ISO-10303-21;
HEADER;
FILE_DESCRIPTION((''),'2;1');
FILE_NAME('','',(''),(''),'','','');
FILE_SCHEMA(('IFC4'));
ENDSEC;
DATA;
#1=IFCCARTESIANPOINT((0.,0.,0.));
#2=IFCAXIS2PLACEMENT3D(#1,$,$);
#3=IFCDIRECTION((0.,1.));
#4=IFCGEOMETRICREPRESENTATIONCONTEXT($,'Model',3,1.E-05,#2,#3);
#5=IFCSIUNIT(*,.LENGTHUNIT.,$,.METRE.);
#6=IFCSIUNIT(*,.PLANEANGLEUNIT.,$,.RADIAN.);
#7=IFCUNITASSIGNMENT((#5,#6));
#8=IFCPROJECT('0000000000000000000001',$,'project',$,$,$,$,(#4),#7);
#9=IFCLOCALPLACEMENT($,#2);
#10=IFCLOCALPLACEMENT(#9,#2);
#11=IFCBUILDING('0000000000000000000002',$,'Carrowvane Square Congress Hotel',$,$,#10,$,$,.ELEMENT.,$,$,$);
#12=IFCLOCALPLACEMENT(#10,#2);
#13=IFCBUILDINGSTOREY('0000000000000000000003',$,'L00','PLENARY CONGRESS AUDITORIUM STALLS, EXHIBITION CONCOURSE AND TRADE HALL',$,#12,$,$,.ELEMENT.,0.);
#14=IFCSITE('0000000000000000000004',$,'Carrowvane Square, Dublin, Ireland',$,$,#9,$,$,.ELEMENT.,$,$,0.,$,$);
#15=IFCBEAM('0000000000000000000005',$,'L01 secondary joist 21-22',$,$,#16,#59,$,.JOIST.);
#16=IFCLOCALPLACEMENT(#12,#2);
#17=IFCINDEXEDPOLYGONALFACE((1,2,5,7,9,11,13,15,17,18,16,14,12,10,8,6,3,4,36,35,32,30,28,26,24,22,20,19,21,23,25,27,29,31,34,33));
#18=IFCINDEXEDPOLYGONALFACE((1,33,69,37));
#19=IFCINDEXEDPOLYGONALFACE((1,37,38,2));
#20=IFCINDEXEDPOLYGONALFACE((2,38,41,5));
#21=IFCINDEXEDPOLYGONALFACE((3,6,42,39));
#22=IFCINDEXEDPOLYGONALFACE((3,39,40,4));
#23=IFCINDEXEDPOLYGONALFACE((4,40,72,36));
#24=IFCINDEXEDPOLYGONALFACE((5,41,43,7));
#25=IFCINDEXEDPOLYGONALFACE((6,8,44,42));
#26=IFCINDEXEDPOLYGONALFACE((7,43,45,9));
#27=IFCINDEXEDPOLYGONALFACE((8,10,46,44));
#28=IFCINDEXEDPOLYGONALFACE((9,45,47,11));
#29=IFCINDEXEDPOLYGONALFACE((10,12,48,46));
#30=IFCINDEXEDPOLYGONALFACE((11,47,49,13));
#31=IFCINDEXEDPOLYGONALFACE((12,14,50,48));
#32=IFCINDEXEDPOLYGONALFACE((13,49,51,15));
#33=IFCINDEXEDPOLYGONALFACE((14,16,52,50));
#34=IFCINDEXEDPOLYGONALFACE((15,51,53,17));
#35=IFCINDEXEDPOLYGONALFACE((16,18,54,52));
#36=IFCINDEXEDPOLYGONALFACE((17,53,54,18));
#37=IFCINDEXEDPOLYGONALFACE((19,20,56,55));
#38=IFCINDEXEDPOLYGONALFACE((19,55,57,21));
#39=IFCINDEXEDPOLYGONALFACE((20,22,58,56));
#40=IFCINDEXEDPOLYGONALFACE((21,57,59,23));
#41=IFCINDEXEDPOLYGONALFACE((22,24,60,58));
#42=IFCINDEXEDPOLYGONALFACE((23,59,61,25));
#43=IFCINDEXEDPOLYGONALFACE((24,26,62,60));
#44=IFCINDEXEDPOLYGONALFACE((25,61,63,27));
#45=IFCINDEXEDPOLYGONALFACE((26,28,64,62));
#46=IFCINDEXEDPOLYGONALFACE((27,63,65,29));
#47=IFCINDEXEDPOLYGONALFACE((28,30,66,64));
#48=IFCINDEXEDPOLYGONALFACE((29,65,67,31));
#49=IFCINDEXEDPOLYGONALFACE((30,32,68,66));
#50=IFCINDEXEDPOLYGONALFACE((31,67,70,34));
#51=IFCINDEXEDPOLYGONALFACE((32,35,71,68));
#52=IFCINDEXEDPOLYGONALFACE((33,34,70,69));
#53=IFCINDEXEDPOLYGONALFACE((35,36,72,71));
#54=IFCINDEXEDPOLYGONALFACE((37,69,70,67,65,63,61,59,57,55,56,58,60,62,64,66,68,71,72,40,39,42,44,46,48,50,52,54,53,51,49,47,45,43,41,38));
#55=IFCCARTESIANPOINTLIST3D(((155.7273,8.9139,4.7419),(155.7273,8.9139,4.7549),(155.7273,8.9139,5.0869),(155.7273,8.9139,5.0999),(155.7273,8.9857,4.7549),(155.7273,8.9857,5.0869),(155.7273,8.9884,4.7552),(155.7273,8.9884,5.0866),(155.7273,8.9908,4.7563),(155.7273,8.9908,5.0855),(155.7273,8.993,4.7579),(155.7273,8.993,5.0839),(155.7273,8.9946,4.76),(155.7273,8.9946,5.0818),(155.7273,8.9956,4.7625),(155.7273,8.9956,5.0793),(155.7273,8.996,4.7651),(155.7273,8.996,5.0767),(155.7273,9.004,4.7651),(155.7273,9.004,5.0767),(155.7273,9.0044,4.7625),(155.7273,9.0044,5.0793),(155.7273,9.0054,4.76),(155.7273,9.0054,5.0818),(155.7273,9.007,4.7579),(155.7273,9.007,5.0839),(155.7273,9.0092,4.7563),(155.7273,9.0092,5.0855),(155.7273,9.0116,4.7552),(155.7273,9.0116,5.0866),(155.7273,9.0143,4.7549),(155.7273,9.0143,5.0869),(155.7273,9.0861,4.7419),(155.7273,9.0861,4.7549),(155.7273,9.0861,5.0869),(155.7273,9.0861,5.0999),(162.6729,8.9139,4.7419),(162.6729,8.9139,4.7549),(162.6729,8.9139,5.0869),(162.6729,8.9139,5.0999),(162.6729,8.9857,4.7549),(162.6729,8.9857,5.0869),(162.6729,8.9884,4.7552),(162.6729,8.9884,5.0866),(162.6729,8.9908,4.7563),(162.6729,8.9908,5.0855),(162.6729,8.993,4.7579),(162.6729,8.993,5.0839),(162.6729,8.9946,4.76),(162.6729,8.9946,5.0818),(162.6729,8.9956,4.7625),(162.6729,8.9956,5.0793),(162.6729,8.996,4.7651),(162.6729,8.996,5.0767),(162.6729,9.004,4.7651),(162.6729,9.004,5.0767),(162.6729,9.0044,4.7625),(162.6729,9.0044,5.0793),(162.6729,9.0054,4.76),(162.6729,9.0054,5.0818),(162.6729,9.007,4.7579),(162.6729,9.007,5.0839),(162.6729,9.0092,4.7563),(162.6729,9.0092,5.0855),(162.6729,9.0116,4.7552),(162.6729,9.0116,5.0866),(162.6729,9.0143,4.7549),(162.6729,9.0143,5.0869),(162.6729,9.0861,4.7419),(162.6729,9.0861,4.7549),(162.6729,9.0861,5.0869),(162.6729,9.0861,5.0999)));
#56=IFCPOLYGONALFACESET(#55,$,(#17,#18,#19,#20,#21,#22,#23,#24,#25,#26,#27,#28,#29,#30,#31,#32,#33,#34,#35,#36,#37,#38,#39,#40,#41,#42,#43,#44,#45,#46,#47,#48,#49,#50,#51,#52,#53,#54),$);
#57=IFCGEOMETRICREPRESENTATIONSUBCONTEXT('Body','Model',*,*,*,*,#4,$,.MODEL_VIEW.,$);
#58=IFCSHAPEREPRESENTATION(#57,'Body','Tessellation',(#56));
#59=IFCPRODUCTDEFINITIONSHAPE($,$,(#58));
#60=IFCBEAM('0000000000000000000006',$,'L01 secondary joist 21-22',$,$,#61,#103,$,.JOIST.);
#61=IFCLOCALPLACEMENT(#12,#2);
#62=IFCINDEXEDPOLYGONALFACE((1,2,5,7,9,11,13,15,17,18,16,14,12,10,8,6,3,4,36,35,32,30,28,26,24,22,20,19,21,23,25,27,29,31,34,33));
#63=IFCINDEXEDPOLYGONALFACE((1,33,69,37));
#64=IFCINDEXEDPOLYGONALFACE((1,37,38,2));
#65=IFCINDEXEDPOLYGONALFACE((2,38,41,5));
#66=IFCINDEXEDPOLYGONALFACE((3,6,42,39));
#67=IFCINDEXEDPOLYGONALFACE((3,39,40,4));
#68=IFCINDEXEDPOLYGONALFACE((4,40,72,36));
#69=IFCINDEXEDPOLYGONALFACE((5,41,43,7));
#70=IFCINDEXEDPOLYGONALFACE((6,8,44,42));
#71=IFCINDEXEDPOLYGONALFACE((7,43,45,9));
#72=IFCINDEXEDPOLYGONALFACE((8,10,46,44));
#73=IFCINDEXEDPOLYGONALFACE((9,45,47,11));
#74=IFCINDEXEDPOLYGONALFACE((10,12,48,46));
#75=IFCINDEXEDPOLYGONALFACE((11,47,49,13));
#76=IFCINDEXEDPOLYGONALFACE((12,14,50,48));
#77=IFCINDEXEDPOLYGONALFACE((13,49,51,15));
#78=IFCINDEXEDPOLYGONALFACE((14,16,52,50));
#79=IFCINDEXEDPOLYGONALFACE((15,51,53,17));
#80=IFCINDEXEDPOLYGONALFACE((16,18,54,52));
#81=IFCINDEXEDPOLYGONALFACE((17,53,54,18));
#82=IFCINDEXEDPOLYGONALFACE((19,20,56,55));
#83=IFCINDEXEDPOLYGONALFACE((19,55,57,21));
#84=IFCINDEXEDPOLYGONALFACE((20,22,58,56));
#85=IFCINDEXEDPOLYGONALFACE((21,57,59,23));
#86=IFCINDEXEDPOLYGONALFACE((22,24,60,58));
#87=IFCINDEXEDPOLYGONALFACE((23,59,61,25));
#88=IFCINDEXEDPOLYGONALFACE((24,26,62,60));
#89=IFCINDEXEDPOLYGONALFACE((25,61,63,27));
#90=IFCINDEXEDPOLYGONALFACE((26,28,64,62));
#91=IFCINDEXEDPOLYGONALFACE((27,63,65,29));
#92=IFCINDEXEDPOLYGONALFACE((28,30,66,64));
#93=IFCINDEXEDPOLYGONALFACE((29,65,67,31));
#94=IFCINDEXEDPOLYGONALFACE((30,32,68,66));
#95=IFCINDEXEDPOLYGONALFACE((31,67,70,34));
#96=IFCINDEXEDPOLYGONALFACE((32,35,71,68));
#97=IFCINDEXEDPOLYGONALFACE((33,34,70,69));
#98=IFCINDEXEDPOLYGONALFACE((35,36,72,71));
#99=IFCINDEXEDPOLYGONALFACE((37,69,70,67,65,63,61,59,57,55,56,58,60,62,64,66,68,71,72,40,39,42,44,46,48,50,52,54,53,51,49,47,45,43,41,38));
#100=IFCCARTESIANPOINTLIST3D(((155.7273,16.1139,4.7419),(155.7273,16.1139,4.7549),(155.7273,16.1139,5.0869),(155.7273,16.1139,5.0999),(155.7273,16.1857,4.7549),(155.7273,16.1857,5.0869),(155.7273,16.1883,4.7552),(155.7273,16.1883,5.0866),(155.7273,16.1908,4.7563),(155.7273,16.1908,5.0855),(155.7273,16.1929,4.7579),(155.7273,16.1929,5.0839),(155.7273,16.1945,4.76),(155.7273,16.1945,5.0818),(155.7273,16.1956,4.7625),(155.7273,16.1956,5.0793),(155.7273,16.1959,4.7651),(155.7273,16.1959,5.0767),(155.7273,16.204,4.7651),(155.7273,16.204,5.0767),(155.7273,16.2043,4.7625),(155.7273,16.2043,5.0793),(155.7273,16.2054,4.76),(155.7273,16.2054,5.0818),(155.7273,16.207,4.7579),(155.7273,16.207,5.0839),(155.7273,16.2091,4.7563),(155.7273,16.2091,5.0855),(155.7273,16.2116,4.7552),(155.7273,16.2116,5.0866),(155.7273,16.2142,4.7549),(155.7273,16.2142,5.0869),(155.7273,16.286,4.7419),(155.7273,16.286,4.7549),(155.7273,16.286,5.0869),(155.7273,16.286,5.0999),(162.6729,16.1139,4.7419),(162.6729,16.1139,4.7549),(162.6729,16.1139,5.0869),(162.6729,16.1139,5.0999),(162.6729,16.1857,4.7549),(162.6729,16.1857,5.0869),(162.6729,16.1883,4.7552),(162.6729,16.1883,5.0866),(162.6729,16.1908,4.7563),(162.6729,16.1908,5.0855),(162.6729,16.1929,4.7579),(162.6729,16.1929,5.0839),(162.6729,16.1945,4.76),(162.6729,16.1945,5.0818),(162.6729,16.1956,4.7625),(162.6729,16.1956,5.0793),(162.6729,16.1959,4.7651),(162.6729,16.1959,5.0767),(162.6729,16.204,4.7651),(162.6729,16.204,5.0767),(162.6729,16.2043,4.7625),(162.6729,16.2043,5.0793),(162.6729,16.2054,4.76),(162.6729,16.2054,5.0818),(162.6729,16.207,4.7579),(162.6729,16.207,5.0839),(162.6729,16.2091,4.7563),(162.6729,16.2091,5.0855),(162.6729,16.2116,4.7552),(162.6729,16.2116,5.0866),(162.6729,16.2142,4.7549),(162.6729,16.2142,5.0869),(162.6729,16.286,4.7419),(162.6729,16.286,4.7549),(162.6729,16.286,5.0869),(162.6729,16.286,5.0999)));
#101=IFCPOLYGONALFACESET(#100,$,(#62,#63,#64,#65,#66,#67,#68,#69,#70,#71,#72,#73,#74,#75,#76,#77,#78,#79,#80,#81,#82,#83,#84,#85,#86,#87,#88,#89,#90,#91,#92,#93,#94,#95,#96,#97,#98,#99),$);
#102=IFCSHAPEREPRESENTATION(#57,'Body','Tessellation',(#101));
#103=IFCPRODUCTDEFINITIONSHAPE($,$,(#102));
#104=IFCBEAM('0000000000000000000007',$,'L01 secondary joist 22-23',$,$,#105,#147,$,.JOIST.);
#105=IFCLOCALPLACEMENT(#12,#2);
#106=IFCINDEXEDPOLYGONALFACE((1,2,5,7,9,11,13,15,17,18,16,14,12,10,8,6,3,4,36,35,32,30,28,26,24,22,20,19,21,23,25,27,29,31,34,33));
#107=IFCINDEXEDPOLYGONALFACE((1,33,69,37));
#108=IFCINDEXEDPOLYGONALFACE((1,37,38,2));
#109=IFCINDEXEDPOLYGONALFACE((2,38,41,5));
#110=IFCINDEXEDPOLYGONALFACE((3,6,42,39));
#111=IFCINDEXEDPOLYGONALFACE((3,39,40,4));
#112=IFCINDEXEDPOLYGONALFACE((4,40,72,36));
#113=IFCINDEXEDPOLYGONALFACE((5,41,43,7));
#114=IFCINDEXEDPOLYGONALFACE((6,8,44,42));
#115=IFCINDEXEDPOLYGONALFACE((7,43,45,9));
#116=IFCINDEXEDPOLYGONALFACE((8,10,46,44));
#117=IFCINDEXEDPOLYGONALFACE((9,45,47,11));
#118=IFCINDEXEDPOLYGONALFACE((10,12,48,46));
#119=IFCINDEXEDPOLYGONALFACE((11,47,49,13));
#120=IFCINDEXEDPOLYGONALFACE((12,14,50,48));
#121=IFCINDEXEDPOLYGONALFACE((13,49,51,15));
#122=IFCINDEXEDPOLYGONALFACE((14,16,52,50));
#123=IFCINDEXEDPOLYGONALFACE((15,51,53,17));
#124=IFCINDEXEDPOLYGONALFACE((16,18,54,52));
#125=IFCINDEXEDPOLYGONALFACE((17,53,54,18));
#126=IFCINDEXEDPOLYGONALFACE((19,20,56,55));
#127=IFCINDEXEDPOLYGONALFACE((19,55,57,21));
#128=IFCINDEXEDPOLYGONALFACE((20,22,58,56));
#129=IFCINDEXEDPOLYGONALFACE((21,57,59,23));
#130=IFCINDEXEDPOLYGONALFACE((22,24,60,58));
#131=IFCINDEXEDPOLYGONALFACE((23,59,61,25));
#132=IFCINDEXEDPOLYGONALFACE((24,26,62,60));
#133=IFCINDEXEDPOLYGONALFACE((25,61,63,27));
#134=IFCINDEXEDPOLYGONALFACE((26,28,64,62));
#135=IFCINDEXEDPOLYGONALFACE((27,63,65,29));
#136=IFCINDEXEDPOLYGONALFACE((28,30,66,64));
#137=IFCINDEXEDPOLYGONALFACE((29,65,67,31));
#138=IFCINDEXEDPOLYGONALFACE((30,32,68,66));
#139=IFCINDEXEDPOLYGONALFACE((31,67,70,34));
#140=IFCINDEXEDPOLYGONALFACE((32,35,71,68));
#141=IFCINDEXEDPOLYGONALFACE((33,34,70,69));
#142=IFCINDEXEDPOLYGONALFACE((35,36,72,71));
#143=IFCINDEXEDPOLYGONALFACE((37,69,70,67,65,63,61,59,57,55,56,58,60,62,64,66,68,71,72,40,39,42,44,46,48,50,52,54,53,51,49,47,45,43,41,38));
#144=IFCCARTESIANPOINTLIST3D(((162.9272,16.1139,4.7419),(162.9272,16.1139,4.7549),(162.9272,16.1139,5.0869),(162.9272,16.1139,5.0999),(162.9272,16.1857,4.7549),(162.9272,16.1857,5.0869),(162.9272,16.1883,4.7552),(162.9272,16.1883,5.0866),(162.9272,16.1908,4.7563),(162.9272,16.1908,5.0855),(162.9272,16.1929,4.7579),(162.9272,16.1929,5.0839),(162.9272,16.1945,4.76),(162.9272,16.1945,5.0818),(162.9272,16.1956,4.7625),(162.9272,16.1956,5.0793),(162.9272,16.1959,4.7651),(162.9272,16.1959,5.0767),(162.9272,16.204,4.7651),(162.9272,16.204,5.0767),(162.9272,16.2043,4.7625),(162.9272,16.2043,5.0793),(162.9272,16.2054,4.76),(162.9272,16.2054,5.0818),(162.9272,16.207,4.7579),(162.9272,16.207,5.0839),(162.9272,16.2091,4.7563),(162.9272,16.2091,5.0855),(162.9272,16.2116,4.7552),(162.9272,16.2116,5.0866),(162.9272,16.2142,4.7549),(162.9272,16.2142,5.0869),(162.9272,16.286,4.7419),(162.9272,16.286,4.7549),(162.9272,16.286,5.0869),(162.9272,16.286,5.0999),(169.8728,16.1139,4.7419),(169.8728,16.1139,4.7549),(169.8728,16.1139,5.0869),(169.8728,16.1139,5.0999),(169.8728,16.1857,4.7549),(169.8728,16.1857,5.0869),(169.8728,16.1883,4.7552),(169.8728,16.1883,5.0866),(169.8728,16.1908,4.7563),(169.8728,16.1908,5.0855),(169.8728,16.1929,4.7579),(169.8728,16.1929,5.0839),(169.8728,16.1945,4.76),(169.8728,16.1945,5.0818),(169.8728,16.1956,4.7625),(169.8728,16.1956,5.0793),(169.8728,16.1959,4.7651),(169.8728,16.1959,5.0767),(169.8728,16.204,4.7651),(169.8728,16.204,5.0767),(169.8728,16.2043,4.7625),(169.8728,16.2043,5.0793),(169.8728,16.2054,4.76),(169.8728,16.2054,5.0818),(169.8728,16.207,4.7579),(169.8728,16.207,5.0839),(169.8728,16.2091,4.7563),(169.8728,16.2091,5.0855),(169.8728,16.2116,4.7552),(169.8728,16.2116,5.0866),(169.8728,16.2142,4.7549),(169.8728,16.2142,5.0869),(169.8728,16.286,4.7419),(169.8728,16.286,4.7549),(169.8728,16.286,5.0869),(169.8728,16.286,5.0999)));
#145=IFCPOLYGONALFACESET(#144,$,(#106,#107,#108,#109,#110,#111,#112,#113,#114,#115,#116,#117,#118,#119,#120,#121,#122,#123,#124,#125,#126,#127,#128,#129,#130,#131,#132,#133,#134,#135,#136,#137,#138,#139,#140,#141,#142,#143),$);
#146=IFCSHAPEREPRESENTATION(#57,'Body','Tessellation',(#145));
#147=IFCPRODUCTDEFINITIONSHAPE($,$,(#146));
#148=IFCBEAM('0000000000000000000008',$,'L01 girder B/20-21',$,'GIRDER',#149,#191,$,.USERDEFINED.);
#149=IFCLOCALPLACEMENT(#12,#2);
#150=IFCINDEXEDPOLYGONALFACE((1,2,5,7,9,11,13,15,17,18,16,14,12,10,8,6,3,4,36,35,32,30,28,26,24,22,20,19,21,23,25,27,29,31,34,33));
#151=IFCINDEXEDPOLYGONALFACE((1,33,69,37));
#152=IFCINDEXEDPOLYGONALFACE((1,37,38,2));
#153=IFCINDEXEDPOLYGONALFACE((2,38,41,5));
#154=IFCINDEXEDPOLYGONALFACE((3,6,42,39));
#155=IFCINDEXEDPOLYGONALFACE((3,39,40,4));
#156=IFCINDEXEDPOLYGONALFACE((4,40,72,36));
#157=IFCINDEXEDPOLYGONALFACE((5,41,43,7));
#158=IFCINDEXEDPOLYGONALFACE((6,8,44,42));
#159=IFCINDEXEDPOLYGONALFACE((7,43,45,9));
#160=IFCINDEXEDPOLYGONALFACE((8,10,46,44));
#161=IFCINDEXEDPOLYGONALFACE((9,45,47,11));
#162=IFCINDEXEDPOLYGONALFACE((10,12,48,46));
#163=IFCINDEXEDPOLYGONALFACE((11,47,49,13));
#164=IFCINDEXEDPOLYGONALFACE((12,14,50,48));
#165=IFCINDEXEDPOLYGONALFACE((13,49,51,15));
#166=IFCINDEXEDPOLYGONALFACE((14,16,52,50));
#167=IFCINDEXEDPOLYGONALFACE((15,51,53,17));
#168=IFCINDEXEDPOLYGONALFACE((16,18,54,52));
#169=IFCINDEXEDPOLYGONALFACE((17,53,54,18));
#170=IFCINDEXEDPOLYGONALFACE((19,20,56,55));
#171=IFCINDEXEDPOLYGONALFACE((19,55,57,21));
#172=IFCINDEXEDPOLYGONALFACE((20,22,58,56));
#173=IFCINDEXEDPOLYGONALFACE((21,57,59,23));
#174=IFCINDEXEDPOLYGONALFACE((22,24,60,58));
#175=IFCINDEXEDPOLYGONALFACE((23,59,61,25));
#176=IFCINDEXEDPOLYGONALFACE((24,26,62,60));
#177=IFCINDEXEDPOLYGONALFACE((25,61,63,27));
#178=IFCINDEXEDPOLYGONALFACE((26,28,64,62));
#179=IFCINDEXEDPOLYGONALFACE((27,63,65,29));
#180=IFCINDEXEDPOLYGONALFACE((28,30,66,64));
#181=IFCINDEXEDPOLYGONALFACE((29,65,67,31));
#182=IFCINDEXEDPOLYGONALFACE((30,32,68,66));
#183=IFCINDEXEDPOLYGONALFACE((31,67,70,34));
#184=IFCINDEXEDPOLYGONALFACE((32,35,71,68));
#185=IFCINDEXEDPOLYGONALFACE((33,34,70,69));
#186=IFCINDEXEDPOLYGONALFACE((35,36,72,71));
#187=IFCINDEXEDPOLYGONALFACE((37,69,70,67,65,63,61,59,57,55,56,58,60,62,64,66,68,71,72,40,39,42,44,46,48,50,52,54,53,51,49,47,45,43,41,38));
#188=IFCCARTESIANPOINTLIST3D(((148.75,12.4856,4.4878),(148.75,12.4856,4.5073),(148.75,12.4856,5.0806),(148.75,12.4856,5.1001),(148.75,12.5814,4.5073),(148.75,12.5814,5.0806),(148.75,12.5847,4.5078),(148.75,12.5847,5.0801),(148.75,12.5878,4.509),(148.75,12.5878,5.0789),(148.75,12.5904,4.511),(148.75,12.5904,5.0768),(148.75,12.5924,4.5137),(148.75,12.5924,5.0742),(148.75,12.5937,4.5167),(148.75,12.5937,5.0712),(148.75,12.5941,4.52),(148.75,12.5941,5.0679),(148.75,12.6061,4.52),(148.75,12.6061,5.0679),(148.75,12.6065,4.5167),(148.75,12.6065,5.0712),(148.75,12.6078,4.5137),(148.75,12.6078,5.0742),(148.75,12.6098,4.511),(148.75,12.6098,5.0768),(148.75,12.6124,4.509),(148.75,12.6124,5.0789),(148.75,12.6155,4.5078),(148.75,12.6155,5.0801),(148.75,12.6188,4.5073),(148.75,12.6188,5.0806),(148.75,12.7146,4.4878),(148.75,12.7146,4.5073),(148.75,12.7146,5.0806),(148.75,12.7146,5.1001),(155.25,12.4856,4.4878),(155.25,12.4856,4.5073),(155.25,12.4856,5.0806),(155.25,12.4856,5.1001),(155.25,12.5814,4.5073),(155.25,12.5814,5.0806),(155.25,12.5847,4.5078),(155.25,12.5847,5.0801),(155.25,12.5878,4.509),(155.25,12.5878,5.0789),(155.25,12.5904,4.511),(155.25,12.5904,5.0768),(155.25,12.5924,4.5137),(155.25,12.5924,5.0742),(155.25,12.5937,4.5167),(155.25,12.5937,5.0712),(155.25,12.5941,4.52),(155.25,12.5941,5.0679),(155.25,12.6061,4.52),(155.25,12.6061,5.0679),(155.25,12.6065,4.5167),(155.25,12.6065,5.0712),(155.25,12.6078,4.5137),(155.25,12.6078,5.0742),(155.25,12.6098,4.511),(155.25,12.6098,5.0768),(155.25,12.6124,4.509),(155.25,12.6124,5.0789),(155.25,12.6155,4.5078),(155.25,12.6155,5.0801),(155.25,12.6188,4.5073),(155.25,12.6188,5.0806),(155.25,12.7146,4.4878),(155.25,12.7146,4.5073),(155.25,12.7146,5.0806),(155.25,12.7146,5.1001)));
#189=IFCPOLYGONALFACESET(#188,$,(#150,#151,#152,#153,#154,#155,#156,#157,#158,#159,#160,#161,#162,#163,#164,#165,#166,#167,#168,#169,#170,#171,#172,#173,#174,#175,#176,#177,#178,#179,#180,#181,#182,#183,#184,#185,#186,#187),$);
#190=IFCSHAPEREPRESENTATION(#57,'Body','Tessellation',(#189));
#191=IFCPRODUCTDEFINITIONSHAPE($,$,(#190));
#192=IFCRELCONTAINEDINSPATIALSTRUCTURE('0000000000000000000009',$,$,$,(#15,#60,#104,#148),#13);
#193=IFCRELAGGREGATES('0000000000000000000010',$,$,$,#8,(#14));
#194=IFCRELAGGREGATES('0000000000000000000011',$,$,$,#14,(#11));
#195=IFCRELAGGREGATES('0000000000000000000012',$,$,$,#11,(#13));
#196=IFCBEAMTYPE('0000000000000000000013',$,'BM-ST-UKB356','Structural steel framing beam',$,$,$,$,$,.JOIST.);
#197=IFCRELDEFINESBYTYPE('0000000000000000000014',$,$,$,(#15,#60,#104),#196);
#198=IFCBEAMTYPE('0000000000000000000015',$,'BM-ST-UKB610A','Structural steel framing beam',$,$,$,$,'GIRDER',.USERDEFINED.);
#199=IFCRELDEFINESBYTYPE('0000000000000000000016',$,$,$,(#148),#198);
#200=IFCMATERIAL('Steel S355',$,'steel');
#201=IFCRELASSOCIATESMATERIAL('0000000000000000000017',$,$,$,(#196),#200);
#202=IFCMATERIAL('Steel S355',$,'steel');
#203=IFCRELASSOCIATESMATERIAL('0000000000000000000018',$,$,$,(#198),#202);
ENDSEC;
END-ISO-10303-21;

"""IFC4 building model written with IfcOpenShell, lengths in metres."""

from ifc_helpers import new_model, si_unit, direction, frame, origin, origin_2d, place, context, subcontext, project, spatial, i_section, extrude, material, material_profile, profile_set, type_object, element, save


model = new_model("IFC4")

# Units and contexts
model_context = context("Model", 3, precision=1e-05, world=origin(), true_north=direction((0.0, 1.0)))
body_context = subcontext(model_context, "Body", "Model", "MODEL_VIEW")
ifc_project = project(units=[si_unit("LENGTHUNIT", "METRE"), si_unit("PLANEANGLEUNIT", "RADIAN")], contexts=[model_context])

# Site, building, storey
site_placement = place(None, origin())
site = spatial("IfcSite", under=ifc_project, at=site_placement, Name="Carrowvane Square, Dublin, Ireland", CompositionType="ELEMENT", RefElevation=0.0)
building_placement = place(site_placement, origin())
building = spatial("IfcBuilding", under=site, at=building_placement, Name="Carrowvane Square Congress Hotel", CompositionType="ELEMENT")
storey_placement = place(building_placement, origin())
storey = spatial("IfcBuildingStorey", under=building, at=storey_placement, Name="L00", Description="PLENARY CONGRESS AUDITORIUM STALLS, EXHIBITION CONCOURSE AND TRADE HALL", CompositionType="ELEMENT", Elevation=0.0)

# Beams
ifc_material_1 = material(Name="Steel S355", Category="steel")
ifc_material_profile_1 = material_profile(ifc_material_1, i_section(OverallWidth=0.1721, OverallDepth=0.3579, WebThickness=0.0081, FlangeThickness=0.0129, FilletRadius=0.0103, at=origin_2d()), Name="UKB 356x171x57")
ifc_profile_set_1 = profile_set([ifc_material_profile_1], Name="Steel S355")
beam_type_1 = type_object("IfcBeamType", Name="BM-ST-UKB356", Description="Structural steel framing beam", PredefinedType="JOIST", material=ifc_profile_set_1)
for number, where, z_axis, x_axis, name in (
    (1, (155.7273, 9.0, 4.9209), (1.0, 0.0, 0.0), (0.0, 1.0, 0.0), "L01 secondary joist 21-22"),
    (2, (155.7273, 16.2, 4.9209), (1.0, 0.0, 0.0), (0.0, 1.0, 0.0), "L01 secondary joist 21-22"),
    (3, (162.9272, 16.2, 4.9209), (1.0, 0.0, 0.0), (0.0, 1.0, 0.0), "L01 secondary joist 22-23"),
):
    element("IfcBeam", number, at=place(storey_placement, frame(where, z_axis=z_axis, x_axis=x_axis)), inside=storey, type_object=beam_type_1, Name=name, PredefinedType="JOIST", context=body_context, shape_type="SweptSolid", body=[
        extrude(i_section(OverallWidth=0.1721, OverallDepth=0.3579, WebThickness=0.0081, FlangeThickness=0.0129, FilletRadius=0.0103, at=origin_2d()), origin(), (0.0, 0.0, 1.0), 6.9456),
    ])
ifc_material_2 = material(Name="Steel S355", Category="steel")
ifc_material_profile_2 = material_profile(ifc_material_2, i_section(OverallWidth=0.229, OverallDepth=0.6123, WebThickness=0.012, FlangeThickness=0.0195, FilletRadius=0.0127, at=origin_2d()), Name="UKB 610x229x125")
ifc_profile_set_2 = profile_set([ifc_material_profile_2], Name="Steel S355")
beam_type_2 = type_object("IfcBeamType", Name="BM-ST-UKB610A", Description="Structural steel framing beam", ElementType="GIRDER", PredefinedType="USERDEFINED", material=ifc_profile_set_2)
beam_1_placement = place(storey_placement, frame((148.75, 12.6001, 4.7939), z_axis=(1.0, 0.0, 0.0), x_axis=(0.0, 1.0, 0.0)))
element("IfcBeam", 4, at=beam_1_placement, inside=storey, type_object=beam_type_2, Name="L01 girder B/20-21", ObjectType="GIRDER", PredefinedType="USERDEFINED", context=body_context, shape_type="SweptSolid", body=[
    extrude(i_section(OverallWidth=0.229, OverallDepth=0.6123, WebThickness=0.012, FlangeThickness=0.0195, FilletRadius=0.0127, at=origin_2d()), origin(), (0.0, 0.0, 1.0), 6.5),
])

save(model, "model.ifc")
